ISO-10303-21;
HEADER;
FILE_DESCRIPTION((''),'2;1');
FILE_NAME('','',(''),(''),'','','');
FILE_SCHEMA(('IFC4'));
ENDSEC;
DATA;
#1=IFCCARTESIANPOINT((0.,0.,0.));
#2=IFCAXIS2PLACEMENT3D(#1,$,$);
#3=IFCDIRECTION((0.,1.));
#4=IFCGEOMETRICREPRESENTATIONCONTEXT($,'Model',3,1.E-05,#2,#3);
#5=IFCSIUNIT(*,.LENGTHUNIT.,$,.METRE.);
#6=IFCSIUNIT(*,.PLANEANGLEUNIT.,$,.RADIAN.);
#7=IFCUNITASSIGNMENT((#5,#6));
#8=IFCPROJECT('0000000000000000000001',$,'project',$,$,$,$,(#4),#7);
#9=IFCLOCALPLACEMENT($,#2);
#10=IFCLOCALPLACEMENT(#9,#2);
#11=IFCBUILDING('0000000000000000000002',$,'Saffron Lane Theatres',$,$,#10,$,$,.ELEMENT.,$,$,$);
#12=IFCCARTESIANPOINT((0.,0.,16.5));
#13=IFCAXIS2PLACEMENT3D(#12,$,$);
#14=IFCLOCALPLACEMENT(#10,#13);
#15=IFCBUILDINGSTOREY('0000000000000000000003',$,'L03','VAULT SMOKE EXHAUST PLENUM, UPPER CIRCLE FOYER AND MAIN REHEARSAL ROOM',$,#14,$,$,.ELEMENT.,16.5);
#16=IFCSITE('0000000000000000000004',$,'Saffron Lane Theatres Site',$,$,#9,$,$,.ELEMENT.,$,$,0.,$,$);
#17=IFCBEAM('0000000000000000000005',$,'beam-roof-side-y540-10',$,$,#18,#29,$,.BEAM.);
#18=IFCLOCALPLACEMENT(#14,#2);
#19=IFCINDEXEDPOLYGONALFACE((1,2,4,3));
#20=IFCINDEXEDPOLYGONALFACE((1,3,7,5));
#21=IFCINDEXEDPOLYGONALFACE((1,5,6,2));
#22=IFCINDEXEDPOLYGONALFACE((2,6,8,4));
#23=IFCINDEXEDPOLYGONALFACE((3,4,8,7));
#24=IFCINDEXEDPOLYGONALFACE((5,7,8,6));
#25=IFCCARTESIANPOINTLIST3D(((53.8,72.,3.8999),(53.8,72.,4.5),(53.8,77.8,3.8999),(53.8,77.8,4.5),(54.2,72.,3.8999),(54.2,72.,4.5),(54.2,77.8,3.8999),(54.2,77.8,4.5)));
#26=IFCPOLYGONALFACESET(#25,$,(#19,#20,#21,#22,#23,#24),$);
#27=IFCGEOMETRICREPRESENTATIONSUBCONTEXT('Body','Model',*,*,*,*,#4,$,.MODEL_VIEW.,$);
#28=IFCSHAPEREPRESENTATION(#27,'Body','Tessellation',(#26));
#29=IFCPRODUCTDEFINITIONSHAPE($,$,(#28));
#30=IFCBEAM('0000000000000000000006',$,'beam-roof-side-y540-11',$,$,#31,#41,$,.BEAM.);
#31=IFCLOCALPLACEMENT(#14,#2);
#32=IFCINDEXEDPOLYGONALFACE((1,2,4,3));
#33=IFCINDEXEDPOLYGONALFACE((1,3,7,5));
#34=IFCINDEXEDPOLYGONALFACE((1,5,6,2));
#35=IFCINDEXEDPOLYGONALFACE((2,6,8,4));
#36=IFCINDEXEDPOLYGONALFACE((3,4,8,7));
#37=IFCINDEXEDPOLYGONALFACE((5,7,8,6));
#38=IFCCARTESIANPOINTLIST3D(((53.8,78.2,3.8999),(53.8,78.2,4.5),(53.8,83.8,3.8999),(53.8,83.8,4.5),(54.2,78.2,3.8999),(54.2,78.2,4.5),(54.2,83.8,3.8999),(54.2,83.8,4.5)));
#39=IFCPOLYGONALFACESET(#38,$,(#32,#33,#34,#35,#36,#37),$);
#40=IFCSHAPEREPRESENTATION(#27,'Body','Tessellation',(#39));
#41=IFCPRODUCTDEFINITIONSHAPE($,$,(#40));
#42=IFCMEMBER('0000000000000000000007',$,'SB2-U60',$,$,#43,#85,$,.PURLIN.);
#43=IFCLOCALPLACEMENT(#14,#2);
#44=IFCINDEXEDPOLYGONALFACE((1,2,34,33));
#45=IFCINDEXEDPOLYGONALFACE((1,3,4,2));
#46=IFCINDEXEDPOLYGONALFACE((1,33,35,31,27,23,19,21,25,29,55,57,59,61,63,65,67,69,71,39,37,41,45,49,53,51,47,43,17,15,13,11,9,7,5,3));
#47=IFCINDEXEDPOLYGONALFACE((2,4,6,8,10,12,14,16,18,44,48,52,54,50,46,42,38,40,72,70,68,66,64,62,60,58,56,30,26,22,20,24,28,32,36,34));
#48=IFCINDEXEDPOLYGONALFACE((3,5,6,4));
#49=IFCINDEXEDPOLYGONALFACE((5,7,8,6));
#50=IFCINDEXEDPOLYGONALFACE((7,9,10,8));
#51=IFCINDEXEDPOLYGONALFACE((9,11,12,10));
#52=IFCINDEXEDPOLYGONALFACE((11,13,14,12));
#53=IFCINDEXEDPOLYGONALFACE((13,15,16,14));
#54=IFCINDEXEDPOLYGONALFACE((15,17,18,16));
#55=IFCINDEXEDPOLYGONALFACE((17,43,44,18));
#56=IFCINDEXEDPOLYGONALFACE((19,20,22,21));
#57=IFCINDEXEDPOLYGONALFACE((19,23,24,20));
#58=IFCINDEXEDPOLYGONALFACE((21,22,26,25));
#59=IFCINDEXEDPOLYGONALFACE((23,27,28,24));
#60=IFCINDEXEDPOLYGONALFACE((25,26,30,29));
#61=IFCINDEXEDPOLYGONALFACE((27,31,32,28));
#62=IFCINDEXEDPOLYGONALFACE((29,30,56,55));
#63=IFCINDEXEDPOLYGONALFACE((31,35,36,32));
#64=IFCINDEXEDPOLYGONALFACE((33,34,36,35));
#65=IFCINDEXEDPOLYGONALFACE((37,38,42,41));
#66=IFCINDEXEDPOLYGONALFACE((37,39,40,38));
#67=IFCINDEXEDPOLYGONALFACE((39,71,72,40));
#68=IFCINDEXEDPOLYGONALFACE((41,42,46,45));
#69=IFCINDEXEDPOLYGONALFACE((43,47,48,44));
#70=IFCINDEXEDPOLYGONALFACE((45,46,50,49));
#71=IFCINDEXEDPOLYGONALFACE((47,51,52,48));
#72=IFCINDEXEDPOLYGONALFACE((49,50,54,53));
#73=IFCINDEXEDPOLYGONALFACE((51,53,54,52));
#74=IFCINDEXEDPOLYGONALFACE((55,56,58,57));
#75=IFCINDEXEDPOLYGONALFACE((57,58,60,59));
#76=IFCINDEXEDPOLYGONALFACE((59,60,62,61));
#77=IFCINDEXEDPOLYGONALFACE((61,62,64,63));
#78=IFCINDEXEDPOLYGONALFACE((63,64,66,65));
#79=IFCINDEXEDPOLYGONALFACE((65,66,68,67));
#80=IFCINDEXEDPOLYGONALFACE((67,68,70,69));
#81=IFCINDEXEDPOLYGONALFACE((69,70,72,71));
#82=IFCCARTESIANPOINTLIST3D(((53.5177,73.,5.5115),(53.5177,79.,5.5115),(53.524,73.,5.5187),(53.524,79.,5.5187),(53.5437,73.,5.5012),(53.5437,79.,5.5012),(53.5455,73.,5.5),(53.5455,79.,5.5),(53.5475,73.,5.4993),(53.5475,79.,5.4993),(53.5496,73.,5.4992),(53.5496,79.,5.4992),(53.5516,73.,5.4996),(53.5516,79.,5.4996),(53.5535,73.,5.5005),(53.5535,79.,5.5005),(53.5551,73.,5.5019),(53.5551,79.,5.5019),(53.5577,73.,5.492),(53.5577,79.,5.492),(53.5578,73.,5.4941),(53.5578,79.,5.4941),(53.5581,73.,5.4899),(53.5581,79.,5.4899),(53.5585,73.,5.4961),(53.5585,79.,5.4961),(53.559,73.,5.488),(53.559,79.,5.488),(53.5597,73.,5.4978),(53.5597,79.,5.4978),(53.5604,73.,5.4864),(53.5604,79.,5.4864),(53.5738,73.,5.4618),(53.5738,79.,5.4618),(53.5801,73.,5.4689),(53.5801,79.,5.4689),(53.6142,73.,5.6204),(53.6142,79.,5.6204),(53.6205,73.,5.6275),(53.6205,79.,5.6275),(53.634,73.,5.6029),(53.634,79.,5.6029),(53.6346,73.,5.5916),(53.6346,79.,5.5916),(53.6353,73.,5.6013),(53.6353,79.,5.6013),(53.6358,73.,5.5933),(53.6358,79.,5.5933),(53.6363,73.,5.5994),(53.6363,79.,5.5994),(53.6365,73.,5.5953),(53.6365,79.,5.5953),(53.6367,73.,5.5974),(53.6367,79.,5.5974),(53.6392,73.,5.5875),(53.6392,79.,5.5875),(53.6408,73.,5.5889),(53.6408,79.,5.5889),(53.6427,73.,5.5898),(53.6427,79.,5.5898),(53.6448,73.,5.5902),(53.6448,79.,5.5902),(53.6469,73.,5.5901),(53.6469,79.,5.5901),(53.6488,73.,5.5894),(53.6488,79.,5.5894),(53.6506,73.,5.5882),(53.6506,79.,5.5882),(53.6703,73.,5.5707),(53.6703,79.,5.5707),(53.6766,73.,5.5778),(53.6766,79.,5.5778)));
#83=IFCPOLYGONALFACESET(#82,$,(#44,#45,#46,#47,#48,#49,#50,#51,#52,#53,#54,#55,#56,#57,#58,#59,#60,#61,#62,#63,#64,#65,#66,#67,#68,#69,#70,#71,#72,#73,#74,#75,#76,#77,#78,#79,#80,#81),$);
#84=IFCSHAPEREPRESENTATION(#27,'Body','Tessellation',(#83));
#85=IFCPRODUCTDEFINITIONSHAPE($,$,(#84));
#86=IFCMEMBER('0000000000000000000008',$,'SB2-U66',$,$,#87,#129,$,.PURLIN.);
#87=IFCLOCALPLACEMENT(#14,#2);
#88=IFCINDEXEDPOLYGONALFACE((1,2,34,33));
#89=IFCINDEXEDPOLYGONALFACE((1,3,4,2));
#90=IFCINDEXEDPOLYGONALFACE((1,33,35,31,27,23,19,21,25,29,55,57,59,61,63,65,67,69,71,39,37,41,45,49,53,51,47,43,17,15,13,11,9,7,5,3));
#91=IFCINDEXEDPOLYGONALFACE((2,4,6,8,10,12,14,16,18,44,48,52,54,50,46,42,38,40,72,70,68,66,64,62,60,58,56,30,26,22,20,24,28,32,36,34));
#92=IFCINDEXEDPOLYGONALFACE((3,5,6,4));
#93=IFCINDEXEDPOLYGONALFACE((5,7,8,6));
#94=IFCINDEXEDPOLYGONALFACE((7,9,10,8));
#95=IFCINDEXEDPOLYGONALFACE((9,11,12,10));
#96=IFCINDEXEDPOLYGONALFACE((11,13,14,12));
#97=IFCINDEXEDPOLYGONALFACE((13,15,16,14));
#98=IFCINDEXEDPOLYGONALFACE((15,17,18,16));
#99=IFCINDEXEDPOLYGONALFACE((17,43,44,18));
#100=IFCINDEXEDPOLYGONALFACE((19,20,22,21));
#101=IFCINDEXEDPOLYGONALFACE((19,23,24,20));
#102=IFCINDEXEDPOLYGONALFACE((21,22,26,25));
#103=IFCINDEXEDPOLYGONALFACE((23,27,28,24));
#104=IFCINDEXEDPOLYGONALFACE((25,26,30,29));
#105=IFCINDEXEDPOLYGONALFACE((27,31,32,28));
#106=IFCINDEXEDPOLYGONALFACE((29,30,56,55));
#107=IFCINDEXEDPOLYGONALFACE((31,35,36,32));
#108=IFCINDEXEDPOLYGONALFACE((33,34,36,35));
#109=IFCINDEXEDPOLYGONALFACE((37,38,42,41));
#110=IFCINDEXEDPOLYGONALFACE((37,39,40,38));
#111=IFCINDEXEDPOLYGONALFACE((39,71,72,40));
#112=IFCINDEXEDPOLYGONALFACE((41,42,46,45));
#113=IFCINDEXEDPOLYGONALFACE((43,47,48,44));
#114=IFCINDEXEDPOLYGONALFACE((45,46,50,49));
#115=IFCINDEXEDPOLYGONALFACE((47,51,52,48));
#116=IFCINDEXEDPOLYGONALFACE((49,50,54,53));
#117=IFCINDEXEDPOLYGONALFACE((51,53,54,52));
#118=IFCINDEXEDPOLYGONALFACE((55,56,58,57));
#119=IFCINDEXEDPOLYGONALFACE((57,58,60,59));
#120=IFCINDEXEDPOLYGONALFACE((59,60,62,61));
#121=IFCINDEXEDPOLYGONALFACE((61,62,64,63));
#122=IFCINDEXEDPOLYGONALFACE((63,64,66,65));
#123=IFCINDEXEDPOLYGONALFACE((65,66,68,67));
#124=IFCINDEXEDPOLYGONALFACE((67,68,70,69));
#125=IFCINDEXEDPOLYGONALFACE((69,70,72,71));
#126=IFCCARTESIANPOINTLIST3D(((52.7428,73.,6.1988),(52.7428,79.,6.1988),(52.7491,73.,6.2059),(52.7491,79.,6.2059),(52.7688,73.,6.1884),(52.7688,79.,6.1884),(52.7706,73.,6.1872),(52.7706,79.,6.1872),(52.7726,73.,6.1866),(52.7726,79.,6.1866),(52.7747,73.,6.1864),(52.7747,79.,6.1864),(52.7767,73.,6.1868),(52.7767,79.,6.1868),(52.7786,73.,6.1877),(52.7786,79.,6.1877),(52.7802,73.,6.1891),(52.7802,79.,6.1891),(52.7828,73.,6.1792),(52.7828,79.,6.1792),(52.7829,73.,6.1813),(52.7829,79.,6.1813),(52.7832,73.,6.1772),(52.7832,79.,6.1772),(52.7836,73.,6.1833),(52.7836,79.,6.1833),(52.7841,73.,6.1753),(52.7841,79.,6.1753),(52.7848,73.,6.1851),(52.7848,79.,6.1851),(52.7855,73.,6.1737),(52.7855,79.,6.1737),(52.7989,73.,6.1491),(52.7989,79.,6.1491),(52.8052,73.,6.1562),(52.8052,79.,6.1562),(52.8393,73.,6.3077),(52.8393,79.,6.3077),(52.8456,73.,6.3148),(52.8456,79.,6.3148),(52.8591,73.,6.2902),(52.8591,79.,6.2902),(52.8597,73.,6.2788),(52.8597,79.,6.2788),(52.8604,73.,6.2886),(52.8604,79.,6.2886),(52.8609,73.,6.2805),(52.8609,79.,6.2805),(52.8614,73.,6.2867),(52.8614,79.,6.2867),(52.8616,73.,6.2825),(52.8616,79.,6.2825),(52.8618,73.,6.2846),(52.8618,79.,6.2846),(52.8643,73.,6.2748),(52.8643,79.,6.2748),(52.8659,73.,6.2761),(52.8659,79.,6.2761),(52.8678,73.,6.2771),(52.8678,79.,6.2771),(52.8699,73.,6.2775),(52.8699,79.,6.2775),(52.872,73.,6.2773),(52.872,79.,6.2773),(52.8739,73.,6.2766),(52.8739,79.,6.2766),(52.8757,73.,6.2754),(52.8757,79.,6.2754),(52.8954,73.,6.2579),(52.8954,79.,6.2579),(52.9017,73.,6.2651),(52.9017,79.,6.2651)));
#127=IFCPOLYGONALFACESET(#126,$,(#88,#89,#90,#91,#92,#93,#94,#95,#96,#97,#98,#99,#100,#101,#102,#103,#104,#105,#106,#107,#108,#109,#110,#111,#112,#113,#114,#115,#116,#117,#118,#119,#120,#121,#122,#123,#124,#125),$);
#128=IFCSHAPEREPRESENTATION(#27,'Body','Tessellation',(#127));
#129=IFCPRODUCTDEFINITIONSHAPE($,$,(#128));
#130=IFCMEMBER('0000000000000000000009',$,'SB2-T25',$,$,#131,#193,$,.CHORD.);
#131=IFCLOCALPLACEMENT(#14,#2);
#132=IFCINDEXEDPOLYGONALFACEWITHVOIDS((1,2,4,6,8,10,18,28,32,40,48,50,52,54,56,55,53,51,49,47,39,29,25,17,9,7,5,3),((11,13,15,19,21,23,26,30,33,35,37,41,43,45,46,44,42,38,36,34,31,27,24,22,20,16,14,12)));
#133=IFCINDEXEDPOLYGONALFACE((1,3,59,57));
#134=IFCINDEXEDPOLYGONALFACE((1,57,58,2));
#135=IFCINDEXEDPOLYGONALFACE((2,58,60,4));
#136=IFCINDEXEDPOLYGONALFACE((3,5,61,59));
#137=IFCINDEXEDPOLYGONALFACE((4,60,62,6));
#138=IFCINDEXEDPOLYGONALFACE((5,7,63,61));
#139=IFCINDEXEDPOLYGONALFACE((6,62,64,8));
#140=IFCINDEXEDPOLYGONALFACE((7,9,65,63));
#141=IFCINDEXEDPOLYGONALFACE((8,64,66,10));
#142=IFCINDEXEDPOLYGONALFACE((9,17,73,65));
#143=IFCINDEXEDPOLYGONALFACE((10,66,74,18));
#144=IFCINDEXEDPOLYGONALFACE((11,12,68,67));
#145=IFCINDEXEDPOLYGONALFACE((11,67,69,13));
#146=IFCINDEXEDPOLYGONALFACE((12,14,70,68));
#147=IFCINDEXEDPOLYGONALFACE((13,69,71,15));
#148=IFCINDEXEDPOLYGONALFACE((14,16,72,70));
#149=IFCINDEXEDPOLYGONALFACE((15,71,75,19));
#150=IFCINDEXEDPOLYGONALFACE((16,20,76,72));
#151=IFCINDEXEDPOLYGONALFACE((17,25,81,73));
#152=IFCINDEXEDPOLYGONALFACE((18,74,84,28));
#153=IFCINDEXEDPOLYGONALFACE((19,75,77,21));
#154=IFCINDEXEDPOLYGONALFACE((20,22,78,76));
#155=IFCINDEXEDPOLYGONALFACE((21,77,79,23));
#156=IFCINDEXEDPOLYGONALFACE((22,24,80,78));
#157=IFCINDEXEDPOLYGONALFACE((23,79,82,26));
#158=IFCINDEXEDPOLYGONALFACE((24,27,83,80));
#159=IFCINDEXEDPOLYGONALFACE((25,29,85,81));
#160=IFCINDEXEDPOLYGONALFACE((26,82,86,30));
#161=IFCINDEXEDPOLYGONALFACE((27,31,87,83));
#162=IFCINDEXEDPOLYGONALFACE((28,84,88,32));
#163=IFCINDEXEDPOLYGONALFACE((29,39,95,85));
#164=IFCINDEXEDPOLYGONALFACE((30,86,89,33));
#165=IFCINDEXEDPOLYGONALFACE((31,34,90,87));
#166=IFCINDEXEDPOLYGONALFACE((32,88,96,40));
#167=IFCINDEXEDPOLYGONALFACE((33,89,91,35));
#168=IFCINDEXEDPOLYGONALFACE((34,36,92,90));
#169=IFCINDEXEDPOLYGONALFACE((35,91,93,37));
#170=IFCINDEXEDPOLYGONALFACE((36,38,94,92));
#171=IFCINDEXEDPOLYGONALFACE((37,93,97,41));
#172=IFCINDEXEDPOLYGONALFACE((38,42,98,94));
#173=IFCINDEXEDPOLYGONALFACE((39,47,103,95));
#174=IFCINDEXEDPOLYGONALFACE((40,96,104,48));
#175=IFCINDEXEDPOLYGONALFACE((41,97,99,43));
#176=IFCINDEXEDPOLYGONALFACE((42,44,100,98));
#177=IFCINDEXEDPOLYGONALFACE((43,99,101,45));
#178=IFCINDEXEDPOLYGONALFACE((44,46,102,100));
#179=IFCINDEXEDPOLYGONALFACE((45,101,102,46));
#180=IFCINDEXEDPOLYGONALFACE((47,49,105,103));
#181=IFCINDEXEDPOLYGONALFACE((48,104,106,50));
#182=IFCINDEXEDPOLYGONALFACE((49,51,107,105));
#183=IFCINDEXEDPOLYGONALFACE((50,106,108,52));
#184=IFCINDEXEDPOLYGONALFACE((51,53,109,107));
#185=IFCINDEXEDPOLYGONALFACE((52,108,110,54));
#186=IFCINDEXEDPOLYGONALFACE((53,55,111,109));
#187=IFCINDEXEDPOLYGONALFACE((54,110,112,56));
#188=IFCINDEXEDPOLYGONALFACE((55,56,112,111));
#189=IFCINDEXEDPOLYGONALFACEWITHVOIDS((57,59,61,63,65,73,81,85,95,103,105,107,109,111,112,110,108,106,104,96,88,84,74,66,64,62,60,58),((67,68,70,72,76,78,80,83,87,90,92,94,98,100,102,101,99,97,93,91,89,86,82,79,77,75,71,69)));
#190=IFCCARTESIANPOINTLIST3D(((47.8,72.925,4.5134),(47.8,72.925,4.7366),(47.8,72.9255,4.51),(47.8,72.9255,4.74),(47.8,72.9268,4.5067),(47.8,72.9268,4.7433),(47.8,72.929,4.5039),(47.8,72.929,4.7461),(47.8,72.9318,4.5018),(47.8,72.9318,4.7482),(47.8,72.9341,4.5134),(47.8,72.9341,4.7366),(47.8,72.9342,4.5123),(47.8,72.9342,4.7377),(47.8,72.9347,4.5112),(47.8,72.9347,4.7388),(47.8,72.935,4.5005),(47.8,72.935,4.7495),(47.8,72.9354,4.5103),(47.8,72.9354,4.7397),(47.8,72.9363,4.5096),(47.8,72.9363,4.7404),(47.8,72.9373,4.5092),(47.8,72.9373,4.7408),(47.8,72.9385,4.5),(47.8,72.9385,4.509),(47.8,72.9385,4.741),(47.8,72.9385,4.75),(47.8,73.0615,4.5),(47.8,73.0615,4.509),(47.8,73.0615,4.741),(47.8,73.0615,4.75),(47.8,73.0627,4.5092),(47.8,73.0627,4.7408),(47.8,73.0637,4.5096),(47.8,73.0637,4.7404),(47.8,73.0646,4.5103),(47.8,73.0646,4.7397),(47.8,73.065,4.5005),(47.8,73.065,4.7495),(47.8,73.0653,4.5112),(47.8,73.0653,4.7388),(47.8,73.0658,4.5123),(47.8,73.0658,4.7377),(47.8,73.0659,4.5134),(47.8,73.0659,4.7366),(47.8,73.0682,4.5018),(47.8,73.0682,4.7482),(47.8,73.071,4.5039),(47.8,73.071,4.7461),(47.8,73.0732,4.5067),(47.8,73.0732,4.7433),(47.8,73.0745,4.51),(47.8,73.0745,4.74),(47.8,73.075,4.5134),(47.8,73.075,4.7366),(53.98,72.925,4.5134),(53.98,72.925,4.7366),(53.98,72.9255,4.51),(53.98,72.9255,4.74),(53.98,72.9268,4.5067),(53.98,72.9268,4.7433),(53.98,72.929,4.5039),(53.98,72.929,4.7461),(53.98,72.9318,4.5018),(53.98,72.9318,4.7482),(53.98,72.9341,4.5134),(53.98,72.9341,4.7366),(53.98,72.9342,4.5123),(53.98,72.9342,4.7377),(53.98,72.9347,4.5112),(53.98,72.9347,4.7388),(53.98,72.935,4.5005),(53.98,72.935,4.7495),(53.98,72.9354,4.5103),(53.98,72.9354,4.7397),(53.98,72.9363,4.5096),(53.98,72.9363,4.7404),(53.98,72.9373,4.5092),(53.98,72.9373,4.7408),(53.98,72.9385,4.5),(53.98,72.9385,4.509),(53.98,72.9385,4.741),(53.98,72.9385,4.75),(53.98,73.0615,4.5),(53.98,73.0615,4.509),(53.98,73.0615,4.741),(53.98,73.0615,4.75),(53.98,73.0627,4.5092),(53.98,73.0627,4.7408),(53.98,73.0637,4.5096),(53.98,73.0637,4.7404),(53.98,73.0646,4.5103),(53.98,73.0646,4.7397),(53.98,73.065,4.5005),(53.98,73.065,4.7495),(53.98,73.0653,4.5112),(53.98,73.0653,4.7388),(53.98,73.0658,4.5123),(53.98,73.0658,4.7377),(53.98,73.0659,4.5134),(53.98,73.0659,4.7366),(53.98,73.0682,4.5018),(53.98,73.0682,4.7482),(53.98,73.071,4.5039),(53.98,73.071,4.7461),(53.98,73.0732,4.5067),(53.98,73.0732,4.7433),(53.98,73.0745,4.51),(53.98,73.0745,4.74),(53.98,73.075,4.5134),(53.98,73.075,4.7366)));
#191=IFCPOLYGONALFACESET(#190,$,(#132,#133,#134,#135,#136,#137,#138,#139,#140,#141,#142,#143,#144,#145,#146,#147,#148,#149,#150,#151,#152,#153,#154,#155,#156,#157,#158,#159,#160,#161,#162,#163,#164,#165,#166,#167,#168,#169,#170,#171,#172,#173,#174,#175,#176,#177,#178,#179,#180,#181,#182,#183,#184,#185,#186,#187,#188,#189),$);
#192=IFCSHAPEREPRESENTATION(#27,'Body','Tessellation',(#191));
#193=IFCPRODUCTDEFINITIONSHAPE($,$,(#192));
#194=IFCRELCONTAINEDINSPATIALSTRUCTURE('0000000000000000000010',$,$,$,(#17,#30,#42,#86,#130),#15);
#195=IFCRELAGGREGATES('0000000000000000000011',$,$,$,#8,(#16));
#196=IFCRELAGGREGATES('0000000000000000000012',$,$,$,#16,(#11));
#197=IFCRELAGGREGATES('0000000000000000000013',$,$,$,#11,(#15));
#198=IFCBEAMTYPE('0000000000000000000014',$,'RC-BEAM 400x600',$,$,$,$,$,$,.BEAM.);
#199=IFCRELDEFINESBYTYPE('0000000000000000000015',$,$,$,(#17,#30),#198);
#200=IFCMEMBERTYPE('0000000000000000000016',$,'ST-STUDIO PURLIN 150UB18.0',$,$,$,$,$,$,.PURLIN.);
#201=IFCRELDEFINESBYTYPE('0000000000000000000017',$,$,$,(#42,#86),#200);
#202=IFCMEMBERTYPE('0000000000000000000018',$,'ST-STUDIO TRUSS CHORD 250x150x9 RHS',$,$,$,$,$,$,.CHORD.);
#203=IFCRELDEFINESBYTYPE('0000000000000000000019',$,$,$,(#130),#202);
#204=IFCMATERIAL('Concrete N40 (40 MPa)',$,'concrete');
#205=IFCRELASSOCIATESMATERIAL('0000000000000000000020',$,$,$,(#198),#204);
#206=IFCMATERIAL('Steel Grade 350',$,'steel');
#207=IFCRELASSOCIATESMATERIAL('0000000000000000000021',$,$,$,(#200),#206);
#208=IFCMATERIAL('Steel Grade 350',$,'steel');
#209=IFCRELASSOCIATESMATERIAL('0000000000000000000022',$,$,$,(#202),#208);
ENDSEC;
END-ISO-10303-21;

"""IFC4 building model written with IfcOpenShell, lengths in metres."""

from ifc_helpers import new_model, si_unit, direction, frame, origin, origin_2d, place, context, subcontext, project, spatial, rectangle, hollow_rectangle, i_section, extrude, material, material_profile, profile_set, type_object, element, save


model = new_model("IFC4")

# Units and contexts
model_context = context("Model", 3, precision=1e-05, world=origin(), true_north=direction((0.0, 1.0)))
body_context = subcontext(model_context, "Body", "Model", "MODEL_VIEW")
ifc_project = project(units=[si_unit("LENGTHUNIT", "METRE"), si_unit("PLANEANGLEUNIT", "RADIAN")], contexts=[model_context])

# Site, building, storey
site_placement = place(None, origin())
site = spatial("IfcSite", under=ifc_project, at=site_placement, Name="Saffron Lane Theatres Site", CompositionType="ELEMENT", RefElevation=0.0)
building_placement = place(site_placement, origin())
building = spatial("IfcBuilding", under=site, at=building_placement, Name="Saffron Lane Theatres", CompositionType="ELEMENT")
storey_placement = place(building_placement, frame((0.0, 0.0, 16.5)))
storey = spatial("IfcBuildingStorey", under=building, at=storey_placement, Name="L03", Description="VAULT SMOKE EXHAUST PLENUM, UPPER CIRCLE FOYER AND MAIN REHEARSAL ROOM", CompositionType="ELEMENT", Elevation=16.5)

# Beams
ifc_material_1 = material(Name="Concrete N40 (40 MPa)", Category="concrete")
ifc_material_profile_1 = material_profile(ifc_material_1, rectangle(XDim=0.3999, YDim=0.6001, at=origin_2d()))
ifc_profile_set_1 = profile_set([ifc_material_profile_1], Name="Concrete N40 (40 MPa)")
beam_type = type_object("IfcBeamType", Name="RC-BEAM 400x600", PredefinedType="BEAM", material=ifc_profile_set_1)
beam_1_placement = place(storey_placement, frame((54.0, 72.0, 4.2), z_axis=(0.0, 1.0, 0.0), x_axis=(-1.0, 0.0, 0.0)))
element("IfcBeam", 1, at=beam_1_placement, inside=storey, type_object=beam_type, Name="beam-roof-side-y540-10", PredefinedType="BEAM", context=body_context, shape_type="SweptSolid", body=[
    extrude(rectangle(XDim=0.3999, YDim=0.6001, at=origin_2d()), origin(), (0.0, 0.0, 1.0), 5.8),
])
beam_2_placement = place(storey_placement, frame((54.0, 78.2, 4.2), z_axis=(0.0, 1.0, 0.0), x_axis=(-1.0, 0.0, 0.0)))
element("IfcBeam", 2, at=beam_2_placement, inside=storey, type_object=beam_type, Name="beam-roof-side-y540-11", PredefinedType="BEAM", context=body_context, shape_type="SweptSolid", body=[
    extrude(rectangle(XDim=0.3999, YDim=0.6001, at=origin_2d()), origin(), (0.0, 0.0, 1.0), 5.6001),
])

# Members
ifc_material_2 = material(Name="Steel Grade 350", Category="steel")
ifc_material_profile_2 = material_profile(ifc_material_2, i_section(OverallWidth=0.075, OverallDepth=0.155, WebThickness=0.0061, FlangeThickness=0.0095, FilletRadius=0.0081, at=origin_2d()))
ifc_profile_set_2 = profile_set([ifc_material_profile_2], Name="Steel Grade 350")
member_type_1 = type_object("IfcMemberType", Name="ST-STUDIO PURLIN 150UB18.0", PredefinedType="PURLIN", material=ifc_profile_set_2)
for number, where, z_axis, x_axis, name in (
    (3, (53.5972, 73.0, 5.5447), (0.0, 1.0, 0.0), (-0.748269, 0.0, 0.663396), "SB2-U60"),
    (4, (52.8223, 73.0, 6.2319), (0.0, 1.0, 0.0), (-0.748269, 0.0, 0.663396), "SB2-U66"),
):
    element("IfcMember", number, at=place(storey_placement, frame(where, z_axis=z_axis, x_axis=x_axis)), inside=storey, type_object=member_type_1, Name=name, PredefinedType="PURLIN", context=body_context, shape_type="SweptSolid", body=[
        extrude(i_section(OverallWidth=0.075, OverallDepth=0.155, WebThickness=0.0061, FlangeThickness=0.0095, FilletRadius=0.0081, at=origin_2d()), origin(), (0.0, 0.0, 1.0), 6.0),
    ])
ifc_material_3 = material(Name="Steel Grade 350", Category="steel")
ifc_material_profile_3 = material_profile(ifc_material_3, hollow_rectangle(XDim=0.1499, YDim=0.25, WallThickness=0.009, InnerFilletRadius=0.0044, OuterFilletRadius=0.0134, at=origin_2d()))
ifc_profile_set_3 = profile_set([ifc_material_profile_3], Name="Steel Grade 350")
member_type_2 = type_object("IfcMemberType", Name="ST-STUDIO TRUSS CHORD 250x150x9 RHS", PredefinedType="CHORD", material=ifc_profile_set_3)
member_1_placement = place(storey_placement, frame((53.98, 73.0, 4.625), z_axis=(-1.0, 0.0, 0.0), x_axis=(0.0, -1.0, 0.0)))
element("IfcMember", 5, at=member_1_placement, inside=storey, type_object=member_type_2, Name="SB2-T25", PredefinedType="CHORD", context=body_context, shape_type="SweptSolid", body=[
    extrude(hollow_rectangle(XDim=0.1499, YDim=0.25, WallThickness=0.009, InnerFilletRadius=0.0044, OuterFilletRadius=0.0134, at=origin_2d()), origin(), (0.0, 0.0, 1.0), 6.1799),
])

save(model, "model.ifc")
